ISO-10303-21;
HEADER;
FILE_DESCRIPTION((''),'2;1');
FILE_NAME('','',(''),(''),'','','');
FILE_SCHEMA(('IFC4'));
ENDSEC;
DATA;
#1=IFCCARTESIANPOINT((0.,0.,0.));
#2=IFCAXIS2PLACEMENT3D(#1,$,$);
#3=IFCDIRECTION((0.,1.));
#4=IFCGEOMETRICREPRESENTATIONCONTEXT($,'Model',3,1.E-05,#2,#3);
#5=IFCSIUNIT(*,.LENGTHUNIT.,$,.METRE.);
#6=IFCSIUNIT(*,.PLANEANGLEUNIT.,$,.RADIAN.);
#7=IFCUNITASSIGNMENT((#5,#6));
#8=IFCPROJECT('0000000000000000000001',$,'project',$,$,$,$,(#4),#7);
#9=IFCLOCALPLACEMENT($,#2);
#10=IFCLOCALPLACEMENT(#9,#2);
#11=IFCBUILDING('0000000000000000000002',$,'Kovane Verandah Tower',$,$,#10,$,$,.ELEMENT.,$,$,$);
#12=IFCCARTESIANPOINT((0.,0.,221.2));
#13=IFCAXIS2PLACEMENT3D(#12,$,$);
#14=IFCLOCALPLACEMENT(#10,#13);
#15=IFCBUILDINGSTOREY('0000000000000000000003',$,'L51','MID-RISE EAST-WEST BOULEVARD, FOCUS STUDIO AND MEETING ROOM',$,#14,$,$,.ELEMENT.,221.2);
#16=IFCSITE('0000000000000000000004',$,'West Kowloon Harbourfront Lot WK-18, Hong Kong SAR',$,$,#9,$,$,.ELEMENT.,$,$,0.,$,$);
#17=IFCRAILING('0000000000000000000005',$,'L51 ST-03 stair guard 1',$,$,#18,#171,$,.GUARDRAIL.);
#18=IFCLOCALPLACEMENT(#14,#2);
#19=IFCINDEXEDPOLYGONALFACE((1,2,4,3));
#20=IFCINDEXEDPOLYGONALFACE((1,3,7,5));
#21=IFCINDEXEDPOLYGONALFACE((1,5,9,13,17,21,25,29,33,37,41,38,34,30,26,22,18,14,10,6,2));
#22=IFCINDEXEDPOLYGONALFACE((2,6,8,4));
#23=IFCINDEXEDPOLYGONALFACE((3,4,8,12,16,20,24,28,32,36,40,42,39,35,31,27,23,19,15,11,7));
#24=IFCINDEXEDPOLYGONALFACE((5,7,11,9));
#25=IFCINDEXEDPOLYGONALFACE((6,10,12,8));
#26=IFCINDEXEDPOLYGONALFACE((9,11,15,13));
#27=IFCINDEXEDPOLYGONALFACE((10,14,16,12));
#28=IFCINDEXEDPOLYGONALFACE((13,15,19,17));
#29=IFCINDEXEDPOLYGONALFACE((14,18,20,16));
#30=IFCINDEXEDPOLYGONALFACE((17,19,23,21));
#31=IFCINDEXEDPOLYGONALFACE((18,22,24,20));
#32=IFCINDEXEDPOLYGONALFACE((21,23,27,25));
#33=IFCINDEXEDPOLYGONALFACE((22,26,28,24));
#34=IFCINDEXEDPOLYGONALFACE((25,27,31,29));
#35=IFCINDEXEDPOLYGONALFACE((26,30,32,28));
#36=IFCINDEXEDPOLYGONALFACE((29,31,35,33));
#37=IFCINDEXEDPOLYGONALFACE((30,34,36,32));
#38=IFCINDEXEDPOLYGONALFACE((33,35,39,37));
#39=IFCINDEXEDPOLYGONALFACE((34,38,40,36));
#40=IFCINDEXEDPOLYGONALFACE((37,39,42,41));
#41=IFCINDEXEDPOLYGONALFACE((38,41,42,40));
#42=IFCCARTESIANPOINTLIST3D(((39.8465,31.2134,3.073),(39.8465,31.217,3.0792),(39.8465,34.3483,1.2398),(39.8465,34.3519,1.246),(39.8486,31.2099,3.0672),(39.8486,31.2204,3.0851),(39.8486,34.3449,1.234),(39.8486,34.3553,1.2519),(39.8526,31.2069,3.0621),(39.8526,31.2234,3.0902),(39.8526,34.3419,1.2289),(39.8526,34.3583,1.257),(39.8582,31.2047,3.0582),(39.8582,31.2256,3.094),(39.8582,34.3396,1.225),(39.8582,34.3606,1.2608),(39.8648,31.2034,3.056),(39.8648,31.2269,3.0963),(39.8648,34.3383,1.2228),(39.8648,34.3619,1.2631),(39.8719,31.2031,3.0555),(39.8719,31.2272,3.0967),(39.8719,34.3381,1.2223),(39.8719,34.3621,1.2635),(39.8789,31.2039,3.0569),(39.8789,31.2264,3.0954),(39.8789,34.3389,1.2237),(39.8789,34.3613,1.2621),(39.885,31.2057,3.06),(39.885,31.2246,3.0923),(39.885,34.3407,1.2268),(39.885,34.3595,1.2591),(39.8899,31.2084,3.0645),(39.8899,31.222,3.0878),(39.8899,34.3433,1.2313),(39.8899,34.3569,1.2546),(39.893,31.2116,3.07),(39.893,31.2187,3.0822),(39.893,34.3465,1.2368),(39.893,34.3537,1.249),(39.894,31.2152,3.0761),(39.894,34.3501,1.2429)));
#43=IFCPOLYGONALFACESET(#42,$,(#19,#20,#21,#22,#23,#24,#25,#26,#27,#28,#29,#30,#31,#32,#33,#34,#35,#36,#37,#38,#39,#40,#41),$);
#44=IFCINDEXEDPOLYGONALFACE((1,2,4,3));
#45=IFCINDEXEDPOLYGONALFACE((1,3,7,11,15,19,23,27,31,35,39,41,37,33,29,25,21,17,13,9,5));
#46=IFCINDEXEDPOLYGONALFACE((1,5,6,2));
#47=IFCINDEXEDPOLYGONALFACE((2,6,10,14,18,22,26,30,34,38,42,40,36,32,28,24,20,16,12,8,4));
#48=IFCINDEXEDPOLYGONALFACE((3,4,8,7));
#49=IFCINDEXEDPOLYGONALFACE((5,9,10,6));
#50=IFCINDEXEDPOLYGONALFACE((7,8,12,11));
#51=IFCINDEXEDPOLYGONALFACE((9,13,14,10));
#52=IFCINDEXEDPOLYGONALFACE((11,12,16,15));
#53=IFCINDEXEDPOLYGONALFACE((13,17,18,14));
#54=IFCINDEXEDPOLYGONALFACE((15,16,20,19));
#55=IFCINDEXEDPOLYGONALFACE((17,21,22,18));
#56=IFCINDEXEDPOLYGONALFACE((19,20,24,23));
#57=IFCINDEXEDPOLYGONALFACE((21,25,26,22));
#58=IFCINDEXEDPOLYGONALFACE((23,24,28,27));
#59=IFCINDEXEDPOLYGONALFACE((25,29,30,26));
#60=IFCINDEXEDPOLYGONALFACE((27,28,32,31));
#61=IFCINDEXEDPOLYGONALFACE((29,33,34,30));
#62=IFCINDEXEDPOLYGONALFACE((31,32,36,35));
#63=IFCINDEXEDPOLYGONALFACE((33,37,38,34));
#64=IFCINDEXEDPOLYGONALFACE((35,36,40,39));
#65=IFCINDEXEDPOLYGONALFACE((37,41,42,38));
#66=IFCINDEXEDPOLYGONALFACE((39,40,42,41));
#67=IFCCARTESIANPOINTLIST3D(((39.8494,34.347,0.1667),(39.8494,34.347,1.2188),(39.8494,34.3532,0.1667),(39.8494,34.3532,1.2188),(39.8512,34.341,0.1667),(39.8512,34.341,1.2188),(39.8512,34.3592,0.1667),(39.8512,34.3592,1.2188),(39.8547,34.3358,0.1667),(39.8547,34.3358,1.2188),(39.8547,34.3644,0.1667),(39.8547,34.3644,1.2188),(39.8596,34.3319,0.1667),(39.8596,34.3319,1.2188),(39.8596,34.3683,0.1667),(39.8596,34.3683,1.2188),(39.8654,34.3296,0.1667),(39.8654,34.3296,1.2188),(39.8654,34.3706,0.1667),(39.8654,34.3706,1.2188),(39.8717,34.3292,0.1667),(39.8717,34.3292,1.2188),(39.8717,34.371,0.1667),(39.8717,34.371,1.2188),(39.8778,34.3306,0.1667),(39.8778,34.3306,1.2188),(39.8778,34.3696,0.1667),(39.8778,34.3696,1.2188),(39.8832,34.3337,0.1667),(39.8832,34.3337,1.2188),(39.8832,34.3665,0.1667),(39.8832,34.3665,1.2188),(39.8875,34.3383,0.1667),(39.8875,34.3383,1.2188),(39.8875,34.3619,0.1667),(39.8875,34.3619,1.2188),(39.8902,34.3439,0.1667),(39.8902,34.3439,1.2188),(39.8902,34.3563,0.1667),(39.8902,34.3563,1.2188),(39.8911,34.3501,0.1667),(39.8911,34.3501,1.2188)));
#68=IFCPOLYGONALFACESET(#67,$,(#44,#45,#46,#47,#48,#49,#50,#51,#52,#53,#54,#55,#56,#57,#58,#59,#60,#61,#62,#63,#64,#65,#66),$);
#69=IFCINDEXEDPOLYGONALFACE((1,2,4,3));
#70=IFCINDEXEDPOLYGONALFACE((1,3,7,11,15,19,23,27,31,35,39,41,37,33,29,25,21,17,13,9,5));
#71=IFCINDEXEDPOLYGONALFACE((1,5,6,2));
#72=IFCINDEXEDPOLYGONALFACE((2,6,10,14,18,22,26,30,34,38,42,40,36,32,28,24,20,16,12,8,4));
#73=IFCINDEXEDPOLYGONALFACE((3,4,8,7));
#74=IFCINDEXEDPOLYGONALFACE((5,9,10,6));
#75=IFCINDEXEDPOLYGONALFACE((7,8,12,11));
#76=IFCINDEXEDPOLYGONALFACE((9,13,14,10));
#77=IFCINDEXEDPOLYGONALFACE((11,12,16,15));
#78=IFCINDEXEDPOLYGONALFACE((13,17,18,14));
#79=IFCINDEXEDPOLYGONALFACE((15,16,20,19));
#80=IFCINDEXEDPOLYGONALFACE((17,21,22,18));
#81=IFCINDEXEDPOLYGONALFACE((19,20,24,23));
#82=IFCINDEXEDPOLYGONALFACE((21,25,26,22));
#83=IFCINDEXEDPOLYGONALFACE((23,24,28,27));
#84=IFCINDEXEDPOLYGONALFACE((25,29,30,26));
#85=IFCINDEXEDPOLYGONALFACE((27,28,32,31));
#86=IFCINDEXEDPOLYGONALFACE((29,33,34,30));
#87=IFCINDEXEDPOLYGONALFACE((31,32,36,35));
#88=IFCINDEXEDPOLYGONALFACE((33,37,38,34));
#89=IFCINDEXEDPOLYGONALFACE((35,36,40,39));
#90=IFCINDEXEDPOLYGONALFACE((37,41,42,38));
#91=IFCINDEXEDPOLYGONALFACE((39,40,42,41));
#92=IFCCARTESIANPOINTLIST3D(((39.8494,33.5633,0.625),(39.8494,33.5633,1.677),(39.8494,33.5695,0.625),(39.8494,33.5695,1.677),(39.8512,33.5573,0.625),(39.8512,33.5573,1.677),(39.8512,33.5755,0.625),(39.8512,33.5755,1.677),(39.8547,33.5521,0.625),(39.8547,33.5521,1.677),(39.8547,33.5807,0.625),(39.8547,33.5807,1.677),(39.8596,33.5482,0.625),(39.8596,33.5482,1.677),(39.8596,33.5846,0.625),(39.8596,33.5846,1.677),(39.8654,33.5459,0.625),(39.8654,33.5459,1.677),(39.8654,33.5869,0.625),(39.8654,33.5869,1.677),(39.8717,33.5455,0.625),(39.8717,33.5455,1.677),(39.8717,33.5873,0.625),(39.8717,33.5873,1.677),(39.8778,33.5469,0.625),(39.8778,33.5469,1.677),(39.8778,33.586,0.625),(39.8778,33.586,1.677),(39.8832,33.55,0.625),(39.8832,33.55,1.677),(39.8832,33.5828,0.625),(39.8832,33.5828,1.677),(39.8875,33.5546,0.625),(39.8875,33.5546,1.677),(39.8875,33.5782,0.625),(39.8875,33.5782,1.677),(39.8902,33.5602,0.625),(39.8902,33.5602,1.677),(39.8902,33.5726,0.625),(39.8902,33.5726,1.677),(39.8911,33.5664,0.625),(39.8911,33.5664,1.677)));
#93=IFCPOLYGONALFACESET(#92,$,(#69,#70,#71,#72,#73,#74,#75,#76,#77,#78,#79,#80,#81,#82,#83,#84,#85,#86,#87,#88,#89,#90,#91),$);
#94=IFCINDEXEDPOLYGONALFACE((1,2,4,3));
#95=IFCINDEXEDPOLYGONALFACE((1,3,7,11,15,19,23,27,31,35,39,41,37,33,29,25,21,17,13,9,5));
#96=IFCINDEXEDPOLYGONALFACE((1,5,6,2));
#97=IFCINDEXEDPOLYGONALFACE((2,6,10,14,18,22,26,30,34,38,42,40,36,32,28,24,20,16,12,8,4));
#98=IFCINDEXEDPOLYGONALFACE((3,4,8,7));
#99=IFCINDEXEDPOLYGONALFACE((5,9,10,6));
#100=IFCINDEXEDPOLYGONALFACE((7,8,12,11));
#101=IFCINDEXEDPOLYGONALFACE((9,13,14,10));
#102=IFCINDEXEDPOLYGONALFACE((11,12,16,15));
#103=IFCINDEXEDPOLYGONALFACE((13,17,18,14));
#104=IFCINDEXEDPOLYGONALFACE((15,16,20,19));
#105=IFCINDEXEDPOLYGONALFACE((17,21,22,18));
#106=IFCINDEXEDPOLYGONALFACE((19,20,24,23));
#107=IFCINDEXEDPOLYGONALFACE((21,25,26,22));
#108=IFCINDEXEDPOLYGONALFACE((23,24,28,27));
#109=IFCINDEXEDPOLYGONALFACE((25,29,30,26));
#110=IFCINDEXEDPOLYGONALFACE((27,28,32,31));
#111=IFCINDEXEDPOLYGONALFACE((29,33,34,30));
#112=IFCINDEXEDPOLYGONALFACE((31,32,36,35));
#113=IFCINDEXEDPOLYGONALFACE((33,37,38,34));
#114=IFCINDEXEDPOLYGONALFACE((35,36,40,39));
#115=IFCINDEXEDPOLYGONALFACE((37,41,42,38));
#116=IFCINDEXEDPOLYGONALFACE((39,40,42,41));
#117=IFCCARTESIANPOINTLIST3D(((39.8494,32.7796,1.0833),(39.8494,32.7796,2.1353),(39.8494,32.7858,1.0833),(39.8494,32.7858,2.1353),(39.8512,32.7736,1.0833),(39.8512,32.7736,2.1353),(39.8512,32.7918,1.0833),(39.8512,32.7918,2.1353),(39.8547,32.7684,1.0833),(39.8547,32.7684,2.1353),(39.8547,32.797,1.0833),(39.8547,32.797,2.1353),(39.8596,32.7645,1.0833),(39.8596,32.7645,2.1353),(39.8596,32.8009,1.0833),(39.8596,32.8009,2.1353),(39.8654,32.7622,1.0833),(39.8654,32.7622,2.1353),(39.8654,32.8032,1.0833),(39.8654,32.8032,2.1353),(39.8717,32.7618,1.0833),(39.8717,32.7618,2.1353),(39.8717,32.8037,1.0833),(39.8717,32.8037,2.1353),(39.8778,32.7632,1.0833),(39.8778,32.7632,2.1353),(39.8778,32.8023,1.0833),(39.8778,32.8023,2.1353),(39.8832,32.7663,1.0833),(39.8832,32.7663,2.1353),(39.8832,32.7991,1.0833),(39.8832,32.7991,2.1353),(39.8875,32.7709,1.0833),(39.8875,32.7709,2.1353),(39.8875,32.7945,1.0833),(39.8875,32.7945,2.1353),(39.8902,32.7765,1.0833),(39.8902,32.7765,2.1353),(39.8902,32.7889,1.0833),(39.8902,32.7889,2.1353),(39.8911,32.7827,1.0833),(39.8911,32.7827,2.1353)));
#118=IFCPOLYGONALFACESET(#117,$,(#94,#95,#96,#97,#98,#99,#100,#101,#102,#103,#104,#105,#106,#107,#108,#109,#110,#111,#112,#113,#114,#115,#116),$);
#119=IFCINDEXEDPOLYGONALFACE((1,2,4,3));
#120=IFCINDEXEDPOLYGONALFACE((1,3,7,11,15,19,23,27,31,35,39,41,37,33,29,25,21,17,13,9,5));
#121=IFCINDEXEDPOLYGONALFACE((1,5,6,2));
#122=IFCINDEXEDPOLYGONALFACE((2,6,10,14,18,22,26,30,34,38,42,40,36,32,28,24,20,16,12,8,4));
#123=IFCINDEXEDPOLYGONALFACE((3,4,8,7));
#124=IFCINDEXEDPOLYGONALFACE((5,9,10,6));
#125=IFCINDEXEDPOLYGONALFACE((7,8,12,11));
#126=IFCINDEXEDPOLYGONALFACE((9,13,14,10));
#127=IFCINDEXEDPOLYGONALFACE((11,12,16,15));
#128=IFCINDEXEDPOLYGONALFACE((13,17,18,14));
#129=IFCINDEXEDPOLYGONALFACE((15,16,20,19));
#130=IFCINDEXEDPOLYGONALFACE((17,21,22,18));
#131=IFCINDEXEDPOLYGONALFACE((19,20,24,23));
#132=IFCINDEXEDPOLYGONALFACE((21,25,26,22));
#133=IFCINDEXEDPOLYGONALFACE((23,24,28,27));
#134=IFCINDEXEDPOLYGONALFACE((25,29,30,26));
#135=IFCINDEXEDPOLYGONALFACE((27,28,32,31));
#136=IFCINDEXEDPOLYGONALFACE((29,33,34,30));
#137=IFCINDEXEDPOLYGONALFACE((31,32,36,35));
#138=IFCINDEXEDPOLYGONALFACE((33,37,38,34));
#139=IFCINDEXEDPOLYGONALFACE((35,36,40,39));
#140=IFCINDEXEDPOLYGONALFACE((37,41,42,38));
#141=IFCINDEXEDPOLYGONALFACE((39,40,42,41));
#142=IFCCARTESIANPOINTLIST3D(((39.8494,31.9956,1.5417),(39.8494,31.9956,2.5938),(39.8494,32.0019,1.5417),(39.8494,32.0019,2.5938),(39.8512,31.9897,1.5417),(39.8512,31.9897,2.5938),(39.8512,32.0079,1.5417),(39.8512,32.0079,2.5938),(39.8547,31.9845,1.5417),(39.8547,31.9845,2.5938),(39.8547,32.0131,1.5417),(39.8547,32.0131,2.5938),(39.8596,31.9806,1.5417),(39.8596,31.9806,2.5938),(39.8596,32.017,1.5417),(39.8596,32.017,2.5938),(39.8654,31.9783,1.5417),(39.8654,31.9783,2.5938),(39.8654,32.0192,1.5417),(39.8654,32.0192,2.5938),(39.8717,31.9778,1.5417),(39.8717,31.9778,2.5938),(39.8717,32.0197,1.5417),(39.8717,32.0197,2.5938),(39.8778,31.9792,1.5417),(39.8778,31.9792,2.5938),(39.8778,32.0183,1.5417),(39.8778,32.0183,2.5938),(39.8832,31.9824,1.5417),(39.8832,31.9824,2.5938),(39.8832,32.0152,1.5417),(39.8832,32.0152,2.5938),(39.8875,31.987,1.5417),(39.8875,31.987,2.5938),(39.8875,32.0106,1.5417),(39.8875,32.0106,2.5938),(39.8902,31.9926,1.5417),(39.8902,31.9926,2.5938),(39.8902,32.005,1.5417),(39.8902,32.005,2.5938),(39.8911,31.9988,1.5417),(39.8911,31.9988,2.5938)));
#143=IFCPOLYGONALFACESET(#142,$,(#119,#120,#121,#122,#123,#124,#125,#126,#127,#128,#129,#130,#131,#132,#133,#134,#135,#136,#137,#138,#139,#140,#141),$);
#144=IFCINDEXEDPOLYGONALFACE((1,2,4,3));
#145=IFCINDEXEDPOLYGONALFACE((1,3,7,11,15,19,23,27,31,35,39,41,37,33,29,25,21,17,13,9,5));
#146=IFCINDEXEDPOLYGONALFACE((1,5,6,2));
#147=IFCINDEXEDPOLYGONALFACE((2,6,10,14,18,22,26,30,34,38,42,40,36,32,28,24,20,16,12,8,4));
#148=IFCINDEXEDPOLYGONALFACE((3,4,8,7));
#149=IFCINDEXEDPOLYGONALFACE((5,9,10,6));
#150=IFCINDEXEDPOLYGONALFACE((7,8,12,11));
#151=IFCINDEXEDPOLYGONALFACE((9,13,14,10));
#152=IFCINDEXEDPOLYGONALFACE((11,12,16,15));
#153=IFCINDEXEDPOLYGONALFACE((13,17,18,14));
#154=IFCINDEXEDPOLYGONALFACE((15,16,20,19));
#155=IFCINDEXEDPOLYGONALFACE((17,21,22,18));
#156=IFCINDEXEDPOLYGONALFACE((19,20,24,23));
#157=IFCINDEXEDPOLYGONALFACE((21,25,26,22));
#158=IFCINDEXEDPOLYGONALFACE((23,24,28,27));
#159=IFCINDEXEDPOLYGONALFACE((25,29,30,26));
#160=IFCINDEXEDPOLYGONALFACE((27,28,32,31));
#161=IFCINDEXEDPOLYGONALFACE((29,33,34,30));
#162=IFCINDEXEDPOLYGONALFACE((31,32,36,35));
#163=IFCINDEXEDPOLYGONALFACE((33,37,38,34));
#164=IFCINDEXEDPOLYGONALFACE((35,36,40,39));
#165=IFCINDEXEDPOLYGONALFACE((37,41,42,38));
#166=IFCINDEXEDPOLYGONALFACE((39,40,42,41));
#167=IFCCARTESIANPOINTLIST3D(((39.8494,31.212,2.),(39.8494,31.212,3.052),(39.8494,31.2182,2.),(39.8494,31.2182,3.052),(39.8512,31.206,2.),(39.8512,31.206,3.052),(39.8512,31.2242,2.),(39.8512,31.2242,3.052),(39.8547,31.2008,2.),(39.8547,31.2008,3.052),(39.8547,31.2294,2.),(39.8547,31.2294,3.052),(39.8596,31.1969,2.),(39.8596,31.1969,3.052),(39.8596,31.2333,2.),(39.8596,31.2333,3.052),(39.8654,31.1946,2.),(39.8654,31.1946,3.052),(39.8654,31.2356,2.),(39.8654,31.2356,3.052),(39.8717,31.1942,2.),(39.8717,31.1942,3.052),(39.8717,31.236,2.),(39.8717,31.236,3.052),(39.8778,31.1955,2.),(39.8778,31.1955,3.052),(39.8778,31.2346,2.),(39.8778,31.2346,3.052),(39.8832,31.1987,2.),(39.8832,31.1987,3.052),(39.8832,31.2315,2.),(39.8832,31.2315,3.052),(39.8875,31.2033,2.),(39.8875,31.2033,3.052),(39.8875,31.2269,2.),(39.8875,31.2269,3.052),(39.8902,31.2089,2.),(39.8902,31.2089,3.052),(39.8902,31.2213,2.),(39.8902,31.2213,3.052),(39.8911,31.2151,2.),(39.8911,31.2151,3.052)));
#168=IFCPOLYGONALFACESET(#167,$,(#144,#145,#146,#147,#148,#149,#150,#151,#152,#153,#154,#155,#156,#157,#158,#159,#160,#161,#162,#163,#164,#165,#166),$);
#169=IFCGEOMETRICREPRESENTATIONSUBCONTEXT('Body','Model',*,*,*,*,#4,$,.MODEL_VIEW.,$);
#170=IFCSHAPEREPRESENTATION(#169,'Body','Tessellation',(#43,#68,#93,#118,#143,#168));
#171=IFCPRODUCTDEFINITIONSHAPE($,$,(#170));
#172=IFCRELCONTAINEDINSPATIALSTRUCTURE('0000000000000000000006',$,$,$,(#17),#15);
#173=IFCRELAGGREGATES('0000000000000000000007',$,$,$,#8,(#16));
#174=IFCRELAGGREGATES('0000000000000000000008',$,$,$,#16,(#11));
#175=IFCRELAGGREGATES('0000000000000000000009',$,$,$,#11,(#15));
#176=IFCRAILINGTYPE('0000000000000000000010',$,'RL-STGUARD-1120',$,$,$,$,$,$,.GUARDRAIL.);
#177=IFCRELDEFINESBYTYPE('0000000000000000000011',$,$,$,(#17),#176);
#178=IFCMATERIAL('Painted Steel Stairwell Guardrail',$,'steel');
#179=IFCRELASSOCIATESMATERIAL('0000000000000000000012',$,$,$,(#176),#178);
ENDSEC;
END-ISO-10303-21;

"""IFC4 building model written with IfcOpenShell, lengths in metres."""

from ifc_helpers import new_model, si_unit, direction, frame, origin, origin_2d, place, context, subcontext, project, spatial, circle, extrude, material, type_object, element, save


model = new_model("IFC4")

# Units and contexts
model_context = context("Model", 3, precision=1e-05, world=origin(), true_north=direction((0.0, 1.0)))
body_context = subcontext(model_context, "Body", "Model", "MODEL_VIEW")
ifc_project = project(units=[si_unit("LENGTHUNIT", "METRE"), si_unit("PLANEANGLEUNIT", "RADIAN")], contexts=[model_context])

# Site, building, storey
site_placement = place(None, origin())
site = spatial("IfcSite", under=ifc_project, at=site_placement, Name="West Kowloon Harbourfront Lot WK-18, Hong Kong SAR", CompositionType="ELEMENT", RefElevation=0.0)
building_placement = place(site_placement, origin())
building = spatial("IfcBuilding", under=site, at=building_placement, Name="Kovane Verandah Tower", CompositionType="ELEMENT")
storey_placement = place(building_placement, frame((0.0, 0.0, 221.2)))
storey = spatial("IfcBuildingStorey", under=building, at=storey_placement, Name="L51", Description="MID-RISE EAST-WEST BOULEVARD, FOCUS STUDIO AND MEETING ROOM", CompositionType="ELEMENT", Elevation=221.2)

# Railing
ifc_material_1 = material(Name="Painted Steel Stairwell Guardrail", Category="steel")
railing_type_1 = type_object("IfcRailingType", Name="RL-STGUARD-1120", PredefinedType="GUARDRAIL", material=ifc_material_1)
railing_1_placement = place(storey_placement, frame((39.8701, 34.3501, 0.1667)))
element("IfcRailing", 1, at=railing_1_placement, inside=storey, type_object=railing_type_1, Name="L51 ST-03 stair guard 1", PredefinedType="GUARDRAIL", context=body_context, shape_type="SweptSolid", body=[
    extrude(circle(Radius=0.0239, at=origin_2d()), frame((0.0, 0.0, 1.0762), z_axis=(0.0, -0.86324, 0.504794), x_axis=(1.0, 0.0, 0.0)), (0.0, 0.0, 1.0), 3.6316),
    extrude(circle(Radius=0.021, at=origin_2d()), origin(), (0.0, 0.0, 1.0), 1.052),
    extrude(circle(Radius=0.021, at=origin_2d()), frame((0.0, -0.7837, 0.4583)), (0.0, 0.0, 1.0), 1.052),
    extrude(circle(Radius=0.021, at=origin_2d()), frame((0.0, -1.5674, 0.9165)), (0.0, 0.0, 1.0), 1.052),
    extrude(circle(Radius=0.021, at=origin_2d()), frame((0.0, -2.3513, 1.375)), (0.0, 0.0, 1.0), 1.052),
    extrude(circle(Radius=0.021, at=origin_2d()), frame((0.0, -3.135, 1.8333)), (0.0, 0.0, 1.0), 1.052),
])

save(model, "model.ifc")
